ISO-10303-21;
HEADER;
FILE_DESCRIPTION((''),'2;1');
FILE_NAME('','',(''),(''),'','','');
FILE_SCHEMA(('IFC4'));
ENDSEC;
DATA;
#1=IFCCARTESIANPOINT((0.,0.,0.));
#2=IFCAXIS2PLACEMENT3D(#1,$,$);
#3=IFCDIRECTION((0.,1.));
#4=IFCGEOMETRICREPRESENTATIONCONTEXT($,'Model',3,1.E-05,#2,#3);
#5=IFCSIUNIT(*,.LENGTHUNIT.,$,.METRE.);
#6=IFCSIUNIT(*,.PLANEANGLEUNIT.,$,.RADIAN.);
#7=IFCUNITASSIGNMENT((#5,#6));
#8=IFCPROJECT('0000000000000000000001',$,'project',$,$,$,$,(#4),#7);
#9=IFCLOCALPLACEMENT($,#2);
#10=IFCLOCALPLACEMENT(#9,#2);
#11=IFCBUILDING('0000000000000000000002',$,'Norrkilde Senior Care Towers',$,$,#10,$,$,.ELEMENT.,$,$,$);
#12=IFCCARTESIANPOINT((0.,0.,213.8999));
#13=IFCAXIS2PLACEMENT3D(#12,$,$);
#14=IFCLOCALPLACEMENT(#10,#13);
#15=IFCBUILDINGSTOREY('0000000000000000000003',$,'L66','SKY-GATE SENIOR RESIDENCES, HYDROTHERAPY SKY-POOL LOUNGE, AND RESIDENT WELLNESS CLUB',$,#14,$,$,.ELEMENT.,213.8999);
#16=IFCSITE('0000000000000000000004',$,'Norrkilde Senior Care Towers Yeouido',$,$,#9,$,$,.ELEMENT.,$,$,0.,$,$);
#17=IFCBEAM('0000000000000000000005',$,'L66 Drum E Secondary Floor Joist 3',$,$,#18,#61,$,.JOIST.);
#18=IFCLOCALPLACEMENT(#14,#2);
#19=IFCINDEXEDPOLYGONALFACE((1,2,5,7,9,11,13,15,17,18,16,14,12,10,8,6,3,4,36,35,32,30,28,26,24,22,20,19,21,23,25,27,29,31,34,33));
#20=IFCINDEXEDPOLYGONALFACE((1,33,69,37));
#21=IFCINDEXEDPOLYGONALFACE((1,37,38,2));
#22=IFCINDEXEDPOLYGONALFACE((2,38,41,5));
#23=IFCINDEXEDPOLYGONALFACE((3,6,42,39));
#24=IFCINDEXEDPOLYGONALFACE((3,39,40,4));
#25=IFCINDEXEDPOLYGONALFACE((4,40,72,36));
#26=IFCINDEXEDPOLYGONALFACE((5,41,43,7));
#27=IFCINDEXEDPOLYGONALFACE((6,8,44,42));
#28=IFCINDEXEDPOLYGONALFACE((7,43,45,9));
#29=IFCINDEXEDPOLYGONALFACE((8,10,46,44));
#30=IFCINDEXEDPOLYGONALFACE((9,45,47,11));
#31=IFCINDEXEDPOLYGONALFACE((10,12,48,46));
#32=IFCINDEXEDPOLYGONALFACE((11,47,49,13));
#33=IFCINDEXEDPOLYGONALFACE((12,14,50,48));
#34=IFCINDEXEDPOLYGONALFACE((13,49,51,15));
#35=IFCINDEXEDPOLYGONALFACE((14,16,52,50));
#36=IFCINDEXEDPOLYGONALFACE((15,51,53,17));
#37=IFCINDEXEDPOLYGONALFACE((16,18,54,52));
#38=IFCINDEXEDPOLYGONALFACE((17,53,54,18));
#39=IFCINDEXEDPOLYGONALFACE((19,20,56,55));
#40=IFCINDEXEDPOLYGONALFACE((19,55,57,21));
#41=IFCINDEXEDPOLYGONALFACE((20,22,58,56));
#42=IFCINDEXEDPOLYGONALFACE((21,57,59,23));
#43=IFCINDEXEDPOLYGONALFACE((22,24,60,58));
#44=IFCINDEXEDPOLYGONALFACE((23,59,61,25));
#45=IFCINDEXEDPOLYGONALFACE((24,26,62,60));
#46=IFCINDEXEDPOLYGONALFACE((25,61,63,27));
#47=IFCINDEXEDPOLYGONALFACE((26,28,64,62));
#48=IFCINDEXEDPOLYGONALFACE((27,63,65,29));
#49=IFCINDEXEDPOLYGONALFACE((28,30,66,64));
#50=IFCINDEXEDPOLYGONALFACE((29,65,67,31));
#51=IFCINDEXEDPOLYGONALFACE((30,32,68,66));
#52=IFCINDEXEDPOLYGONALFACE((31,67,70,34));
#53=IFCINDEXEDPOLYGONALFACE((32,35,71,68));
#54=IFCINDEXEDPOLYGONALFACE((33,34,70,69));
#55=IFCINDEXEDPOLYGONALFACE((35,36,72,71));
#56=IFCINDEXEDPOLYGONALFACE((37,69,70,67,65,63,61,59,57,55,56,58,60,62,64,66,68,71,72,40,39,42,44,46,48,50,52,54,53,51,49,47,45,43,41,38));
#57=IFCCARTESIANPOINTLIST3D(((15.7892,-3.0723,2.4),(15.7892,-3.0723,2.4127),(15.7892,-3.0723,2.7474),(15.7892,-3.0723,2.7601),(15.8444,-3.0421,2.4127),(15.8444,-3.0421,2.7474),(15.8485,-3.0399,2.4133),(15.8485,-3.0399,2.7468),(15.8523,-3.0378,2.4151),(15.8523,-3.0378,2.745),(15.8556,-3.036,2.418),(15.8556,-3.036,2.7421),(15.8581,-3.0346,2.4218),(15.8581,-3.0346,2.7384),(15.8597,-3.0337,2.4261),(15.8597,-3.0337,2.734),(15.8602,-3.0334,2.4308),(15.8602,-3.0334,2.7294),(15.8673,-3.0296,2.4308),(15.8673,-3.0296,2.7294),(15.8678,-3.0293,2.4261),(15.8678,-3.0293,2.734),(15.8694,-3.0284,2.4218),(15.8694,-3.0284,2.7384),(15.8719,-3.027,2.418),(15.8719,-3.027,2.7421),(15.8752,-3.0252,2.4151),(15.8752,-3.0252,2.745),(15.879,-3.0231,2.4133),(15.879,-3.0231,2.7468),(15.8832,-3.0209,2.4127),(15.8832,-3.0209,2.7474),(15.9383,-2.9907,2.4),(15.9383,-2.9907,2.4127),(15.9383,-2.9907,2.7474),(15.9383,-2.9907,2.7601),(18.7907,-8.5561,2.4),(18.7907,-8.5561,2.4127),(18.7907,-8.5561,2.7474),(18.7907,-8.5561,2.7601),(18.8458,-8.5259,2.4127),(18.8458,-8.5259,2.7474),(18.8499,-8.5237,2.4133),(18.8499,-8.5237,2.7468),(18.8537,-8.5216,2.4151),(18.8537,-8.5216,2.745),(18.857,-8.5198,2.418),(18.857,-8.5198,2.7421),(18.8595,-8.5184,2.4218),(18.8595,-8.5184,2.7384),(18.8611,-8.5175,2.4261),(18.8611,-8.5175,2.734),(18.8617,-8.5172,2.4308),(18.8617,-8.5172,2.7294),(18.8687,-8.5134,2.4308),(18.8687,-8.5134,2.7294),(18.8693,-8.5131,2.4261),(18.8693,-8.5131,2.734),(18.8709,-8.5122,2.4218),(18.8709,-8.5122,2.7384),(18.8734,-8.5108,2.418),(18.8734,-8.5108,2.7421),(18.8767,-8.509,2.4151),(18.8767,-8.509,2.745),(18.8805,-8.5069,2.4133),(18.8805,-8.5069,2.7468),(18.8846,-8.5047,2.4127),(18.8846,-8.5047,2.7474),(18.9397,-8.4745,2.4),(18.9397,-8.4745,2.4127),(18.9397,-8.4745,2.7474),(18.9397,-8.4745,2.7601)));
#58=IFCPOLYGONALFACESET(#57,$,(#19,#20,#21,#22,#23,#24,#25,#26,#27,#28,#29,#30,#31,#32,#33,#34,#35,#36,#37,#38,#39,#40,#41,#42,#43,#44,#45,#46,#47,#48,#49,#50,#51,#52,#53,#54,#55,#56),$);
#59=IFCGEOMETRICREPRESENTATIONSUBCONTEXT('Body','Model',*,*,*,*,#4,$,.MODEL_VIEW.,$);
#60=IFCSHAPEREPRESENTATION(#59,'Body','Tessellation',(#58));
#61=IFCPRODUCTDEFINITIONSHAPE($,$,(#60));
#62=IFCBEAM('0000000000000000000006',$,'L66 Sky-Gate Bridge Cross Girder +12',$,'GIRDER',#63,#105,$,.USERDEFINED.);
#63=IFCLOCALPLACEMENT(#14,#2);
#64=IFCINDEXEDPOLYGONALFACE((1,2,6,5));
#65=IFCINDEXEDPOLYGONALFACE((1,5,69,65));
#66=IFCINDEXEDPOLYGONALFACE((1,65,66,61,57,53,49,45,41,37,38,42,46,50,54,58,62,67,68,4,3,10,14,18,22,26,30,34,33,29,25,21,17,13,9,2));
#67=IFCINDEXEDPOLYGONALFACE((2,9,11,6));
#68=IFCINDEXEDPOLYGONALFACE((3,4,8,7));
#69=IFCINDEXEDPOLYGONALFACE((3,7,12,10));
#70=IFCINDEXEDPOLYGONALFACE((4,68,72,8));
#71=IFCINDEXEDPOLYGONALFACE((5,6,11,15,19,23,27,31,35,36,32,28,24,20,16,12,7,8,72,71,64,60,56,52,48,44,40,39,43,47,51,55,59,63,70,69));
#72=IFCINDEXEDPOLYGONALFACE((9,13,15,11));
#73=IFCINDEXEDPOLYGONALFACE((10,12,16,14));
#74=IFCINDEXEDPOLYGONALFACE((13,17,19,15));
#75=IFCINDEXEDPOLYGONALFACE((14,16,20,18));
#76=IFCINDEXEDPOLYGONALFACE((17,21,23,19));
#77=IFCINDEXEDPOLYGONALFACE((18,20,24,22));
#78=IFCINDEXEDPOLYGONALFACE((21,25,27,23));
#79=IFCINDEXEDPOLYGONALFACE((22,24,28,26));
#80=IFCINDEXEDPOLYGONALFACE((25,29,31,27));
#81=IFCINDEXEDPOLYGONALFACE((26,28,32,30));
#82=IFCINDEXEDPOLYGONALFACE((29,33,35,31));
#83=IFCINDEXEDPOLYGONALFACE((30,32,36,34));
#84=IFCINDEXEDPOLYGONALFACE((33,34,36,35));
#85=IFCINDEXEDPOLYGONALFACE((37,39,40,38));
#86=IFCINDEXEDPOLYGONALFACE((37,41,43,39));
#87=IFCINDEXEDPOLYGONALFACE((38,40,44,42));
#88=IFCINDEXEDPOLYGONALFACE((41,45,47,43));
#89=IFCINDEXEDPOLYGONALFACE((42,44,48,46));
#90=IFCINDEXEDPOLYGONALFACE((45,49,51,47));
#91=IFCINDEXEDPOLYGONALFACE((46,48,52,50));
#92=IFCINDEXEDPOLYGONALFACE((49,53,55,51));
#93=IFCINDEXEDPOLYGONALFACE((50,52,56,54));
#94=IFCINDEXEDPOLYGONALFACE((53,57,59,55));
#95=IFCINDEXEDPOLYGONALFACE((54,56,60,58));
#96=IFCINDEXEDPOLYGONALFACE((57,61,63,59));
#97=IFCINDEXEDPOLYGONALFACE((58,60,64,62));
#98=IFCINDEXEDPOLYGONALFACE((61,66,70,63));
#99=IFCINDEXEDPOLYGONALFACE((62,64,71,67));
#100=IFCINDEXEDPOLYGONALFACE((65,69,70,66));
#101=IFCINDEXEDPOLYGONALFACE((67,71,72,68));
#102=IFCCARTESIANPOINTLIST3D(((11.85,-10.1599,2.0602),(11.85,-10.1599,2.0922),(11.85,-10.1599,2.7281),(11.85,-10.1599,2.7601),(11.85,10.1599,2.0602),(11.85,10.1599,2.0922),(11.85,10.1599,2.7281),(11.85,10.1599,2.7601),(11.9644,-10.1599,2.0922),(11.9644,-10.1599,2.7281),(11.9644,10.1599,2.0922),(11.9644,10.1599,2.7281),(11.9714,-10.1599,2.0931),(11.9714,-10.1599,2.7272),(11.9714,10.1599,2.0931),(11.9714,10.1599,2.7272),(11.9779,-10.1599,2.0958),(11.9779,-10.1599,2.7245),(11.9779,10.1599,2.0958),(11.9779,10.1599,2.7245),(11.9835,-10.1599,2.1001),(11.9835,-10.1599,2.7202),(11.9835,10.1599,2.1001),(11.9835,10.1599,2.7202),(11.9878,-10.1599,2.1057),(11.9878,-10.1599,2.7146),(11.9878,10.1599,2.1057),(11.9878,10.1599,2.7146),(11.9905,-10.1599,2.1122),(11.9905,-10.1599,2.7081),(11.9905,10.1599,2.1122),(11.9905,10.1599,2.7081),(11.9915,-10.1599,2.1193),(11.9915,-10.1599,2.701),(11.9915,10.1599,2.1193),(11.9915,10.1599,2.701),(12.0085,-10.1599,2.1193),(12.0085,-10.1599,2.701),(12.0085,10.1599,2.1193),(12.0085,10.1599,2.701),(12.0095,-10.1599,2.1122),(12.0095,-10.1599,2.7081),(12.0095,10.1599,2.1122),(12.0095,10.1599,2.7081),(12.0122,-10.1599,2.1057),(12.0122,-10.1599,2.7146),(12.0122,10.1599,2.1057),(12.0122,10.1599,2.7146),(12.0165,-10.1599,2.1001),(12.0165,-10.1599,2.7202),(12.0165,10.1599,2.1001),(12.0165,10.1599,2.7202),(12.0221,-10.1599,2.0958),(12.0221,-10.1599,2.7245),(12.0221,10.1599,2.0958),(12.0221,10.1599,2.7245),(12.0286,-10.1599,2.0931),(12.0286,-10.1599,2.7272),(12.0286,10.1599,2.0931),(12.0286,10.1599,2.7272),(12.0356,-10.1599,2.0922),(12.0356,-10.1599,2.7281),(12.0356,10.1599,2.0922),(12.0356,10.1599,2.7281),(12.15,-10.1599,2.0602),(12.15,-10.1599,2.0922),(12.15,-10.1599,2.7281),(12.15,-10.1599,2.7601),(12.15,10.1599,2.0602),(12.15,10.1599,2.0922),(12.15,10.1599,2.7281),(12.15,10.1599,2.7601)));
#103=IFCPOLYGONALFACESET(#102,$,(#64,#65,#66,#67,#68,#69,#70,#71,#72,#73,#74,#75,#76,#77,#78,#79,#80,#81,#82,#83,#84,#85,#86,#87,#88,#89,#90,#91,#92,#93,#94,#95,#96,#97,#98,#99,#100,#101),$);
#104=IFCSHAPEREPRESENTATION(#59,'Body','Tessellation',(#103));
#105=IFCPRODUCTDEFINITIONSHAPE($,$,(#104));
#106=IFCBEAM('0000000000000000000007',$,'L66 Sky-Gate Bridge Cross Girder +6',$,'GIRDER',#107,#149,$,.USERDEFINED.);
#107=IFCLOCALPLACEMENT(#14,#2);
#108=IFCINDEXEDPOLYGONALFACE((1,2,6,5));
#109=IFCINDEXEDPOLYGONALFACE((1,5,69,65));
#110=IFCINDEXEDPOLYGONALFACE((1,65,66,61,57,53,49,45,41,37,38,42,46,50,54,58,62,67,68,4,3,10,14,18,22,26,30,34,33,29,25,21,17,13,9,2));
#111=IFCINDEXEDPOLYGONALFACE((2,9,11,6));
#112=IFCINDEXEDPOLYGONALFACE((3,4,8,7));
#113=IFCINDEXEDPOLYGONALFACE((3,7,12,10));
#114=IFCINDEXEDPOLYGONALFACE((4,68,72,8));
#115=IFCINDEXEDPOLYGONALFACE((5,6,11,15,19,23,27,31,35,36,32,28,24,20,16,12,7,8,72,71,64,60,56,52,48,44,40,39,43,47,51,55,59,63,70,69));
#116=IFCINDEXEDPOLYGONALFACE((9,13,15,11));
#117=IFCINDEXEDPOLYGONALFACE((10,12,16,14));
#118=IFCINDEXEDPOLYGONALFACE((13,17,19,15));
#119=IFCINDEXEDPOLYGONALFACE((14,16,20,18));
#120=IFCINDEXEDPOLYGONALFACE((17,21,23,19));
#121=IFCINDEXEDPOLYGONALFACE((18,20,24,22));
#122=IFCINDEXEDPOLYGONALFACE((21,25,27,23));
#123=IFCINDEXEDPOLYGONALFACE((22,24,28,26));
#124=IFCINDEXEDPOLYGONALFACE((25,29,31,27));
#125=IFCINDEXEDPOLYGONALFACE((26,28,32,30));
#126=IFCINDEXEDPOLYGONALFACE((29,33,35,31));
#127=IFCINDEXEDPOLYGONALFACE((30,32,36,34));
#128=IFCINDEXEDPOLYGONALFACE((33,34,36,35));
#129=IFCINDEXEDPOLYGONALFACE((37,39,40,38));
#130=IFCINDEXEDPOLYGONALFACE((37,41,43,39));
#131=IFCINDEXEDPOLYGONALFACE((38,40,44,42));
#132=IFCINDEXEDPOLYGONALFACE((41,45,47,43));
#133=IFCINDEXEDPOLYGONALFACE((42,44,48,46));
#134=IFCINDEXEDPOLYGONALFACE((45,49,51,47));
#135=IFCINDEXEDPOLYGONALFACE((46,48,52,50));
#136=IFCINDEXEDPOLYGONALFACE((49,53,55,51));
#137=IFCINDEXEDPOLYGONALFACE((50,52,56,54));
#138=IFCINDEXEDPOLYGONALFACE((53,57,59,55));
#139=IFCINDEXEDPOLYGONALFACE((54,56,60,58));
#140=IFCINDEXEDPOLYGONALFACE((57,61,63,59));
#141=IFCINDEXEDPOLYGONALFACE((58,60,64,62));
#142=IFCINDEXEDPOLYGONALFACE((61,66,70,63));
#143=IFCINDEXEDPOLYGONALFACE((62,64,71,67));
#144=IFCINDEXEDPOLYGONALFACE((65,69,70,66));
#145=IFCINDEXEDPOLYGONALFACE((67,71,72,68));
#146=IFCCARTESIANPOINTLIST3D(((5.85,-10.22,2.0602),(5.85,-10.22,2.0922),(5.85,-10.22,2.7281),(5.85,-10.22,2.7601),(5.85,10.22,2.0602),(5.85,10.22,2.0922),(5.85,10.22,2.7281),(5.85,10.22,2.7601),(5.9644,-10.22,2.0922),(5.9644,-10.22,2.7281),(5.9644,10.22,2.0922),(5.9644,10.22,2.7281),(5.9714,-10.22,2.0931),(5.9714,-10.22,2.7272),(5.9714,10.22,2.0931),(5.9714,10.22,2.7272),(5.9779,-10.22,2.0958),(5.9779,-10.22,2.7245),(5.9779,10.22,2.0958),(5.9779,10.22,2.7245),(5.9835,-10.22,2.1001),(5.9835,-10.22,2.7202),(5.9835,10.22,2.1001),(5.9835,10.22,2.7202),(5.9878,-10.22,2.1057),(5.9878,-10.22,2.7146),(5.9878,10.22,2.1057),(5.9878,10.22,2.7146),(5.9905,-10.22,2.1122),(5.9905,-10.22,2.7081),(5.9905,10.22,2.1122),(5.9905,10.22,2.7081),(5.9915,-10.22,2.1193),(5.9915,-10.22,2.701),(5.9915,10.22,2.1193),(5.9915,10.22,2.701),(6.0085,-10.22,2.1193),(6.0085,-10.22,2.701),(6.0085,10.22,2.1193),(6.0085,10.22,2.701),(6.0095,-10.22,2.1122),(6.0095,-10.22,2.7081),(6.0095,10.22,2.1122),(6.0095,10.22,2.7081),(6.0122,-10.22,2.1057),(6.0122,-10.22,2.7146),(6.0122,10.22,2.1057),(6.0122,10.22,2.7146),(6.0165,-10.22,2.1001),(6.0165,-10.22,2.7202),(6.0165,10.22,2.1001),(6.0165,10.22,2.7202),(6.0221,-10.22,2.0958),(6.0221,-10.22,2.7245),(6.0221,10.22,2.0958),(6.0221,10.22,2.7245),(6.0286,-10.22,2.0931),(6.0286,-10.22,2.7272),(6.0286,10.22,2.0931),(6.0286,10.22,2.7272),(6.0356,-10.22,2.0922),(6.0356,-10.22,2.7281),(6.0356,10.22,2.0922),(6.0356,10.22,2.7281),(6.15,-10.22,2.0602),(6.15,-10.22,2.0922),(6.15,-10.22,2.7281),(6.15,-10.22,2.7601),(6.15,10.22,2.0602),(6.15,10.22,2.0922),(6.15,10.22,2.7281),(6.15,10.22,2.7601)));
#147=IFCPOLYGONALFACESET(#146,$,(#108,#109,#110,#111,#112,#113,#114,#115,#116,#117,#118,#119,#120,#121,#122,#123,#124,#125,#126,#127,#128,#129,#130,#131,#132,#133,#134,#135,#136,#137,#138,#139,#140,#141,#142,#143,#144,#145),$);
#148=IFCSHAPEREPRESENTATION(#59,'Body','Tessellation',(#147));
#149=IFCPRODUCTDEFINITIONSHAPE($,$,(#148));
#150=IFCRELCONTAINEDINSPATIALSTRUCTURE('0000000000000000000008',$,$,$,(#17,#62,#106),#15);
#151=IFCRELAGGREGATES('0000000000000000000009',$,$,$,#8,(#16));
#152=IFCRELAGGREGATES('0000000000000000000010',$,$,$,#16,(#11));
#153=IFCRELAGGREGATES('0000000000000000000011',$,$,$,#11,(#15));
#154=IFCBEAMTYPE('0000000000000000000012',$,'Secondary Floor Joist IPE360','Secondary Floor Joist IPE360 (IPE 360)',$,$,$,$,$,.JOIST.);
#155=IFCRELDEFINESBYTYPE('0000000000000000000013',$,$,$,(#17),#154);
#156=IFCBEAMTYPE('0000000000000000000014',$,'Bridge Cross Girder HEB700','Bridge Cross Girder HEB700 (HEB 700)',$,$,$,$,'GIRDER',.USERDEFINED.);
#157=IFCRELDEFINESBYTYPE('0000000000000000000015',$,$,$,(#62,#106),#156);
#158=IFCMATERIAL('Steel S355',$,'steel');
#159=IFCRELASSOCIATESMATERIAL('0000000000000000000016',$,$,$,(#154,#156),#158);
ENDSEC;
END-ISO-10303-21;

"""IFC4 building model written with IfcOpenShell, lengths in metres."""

from ifc_helpers import new_model, si_unit, direction, frame, origin, origin_2d, place, context, subcontext, project, spatial, i_section, extrude, source, transform, mapped, material, material_profile, profile_set, type_object, type_shapes, element, save


model = new_model("IFC4")

# Units and contexts
model_context = context("Model", 3, precision=1e-05, world=origin(), true_north=direction((0.0, 1.0)))
body_context = subcontext(model_context, "Body", "Model", "MODEL_VIEW")
ifc_project = project(units=[si_unit("LENGTHUNIT", "METRE"), si_unit("PLANEANGLEUNIT", "RADIAN")], contexts=[model_context])

# Site, building, storey
site_placement = place(None, origin())
site = spatial("IfcSite", under=ifc_project, at=site_placement, Name="Norrkilde Senior Care Towers Yeouido", CompositionType="ELEMENT", RefElevation=0.0)
building_placement = place(site_placement, origin())
building = spatial("IfcBuilding", under=site, at=building_placement, Name="Norrkilde Senior Care Towers", CompositionType="ELEMENT")
storey_placement = place(building_placement, frame((0.0, 0.0, 213.8999)))
storey = spatial("IfcBuildingStorey", under=building, at=storey_placement, Name="L66", Description="SKY-GATE SENIOR RESIDENCES, HYDROTHERAPY SKY-POOL LOUNGE, AND RESIDENT WELLNESS CLUB", CompositionType="ELEMENT", Elevation=213.8999)

# Shared definitions
ifc_material_1 = material(Name="Steel S355", Category="steel")

# Beams
ifc_material_profile_1 = material_profile(ifc_material_1, i_section(OverallWidth=0.1699, OverallDepth=0.3601, WebThickness=0.0081, FlangeThickness=0.0127, FilletRadius=0.0181, at=origin_2d()), Name="IPE 360")
ifc_profile_set_1 = profile_set([ifc_material_profile_1], Name="Steel S355")
beam_type_1 = type_object("IfcBeamType", Name="Secondary Floor Joist IPE360", Description="Secondary Floor Joist IPE360 (IPE 360)", PredefinedType="JOIST", material=ifc_profile_set_1)
shared_shape_1 = source(origin(), body_context, "Body", "SweptSolid", [
    extrude(i_section(OverallWidth=0.1699, OverallDepth=0.3601, WebThickness=0.0081, FlangeThickness=0.0127, FilletRadius=0.0181, at=origin_2d()), origin(), (0.0, 0.0, 1.0), 6.2515),
])
type_shapes(beam_type_1, [shared_shape_1])
beam_1_placement = place(storey_placement, frame((15.8638, -3.0315, 2.5801), z_axis=(0.480116, -0.877205, 0.0), x_axis=(0.877205, 0.480116, 0.0)))
element("IfcBeam", 1, at=beam_1_placement, inside=storey, type_object=beam_type_1, Name="L66 Drum E Secondary Floor Joist 3", PredefinedType="JOIST", context=body_context, shape_type="MappedRepresentation", body=[
    mapped(shared_shape_1, transform((0.0, 0.0, 0.0), x_axis=(1.0, 0.0, 0.0), y_axis=(0.0, 1.0, 0.0), z_axis=(0.0, 0.0, 1.0), scale=1.0)),
])
ifc_material_profile_2 = material_profile(ifc_material_1, i_section(OverallWidth=0.3, OverallDepth=0.7, WebThickness=0.0171, FlangeThickness=0.032, FilletRadius=0.0271, at=origin_2d()), Name="HEB 700")
ifc_profile_set_2 = profile_set([ifc_material_profile_2], Name="Steel S355")
beam_type_2 = type_object("IfcBeamType", Name="Bridge Cross Girder HEB700", Description="Bridge Cross Girder HEB700 (HEB 700)", ElementType="GIRDER", PredefinedType="USERDEFINED", material=ifc_profile_set_2)
shared_shape_2 = source(origin(), body_context, "Body", "SweptSolid", [
    extrude(i_section(OverallWidth=0.3, OverallDepth=0.7, WebThickness=0.0171, FlangeThickness=0.032, FilletRadius=0.0271, at=origin_2d()), origin(), (0.0, 0.0, 1.0), 20.3198),
])
beam_2_placement = place(storey_placement, frame((12.0, -10.1599, 2.4102), z_axis=(0.0, 1.0, 0.0), x_axis=(-1.0, 0.0, 0.0)))
element("IfcBeam", 2, at=beam_2_placement, inside=storey, type_object=beam_type_2, Name="L66 Sky-Gate Bridge Cross Girder +12", ObjectType="GIRDER", PredefinedType="USERDEFINED", context=body_context, shape_type="MappedRepresentation", body=[
    mapped(shared_shape_2, transform((0.0, 0.0, 0.0), x_axis=(1.0, 0.0, 0.0), y_axis=(0.0, 1.0, 0.0), z_axis=(0.0, 0.0, 1.0), scale=1.0)),
])
shared_shape_3 = source(origin(), body_context, "Body", "SweptSolid", [
    extrude(i_section(OverallWidth=0.3, OverallDepth=0.7, WebThickness=0.0171, FlangeThickness=0.032, FilletRadius=0.0271, at=origin_2d()), origin(), (0.0, 0.0, 1.0), 20.4399),
])
type_shapes(beam_type_2, [shared_shape_2, shared_shape_3])
beam_3_placement = place(storey_placement, frame((6.0, -10.22, 2.4102), z_axis=(0.0, 1.0, 0.0), x_axis=(-1.0, 0.0, 0.0)))
element("IfcBeam", 3, at=beam_3_placement, inside=storey, type_object=beam_type_2, Name="L66 Sky-Gate Bridge Cross Girder +6", ObjectType="GIRDER", PredefinedType="USERDEFINED", context=body_context, shape_type="MappedRepresentation", body=[
    mapped(shared_shape_3, transform((0.0, 0.0, 0.0), x_axis=(1.0, 0.0, 0.0), y_axis=(0.0, 1.0, 0.0), z_axis=(0.0, 0.0, 1.0), scale=1.0)),
])

save(model, "model.ifc")
